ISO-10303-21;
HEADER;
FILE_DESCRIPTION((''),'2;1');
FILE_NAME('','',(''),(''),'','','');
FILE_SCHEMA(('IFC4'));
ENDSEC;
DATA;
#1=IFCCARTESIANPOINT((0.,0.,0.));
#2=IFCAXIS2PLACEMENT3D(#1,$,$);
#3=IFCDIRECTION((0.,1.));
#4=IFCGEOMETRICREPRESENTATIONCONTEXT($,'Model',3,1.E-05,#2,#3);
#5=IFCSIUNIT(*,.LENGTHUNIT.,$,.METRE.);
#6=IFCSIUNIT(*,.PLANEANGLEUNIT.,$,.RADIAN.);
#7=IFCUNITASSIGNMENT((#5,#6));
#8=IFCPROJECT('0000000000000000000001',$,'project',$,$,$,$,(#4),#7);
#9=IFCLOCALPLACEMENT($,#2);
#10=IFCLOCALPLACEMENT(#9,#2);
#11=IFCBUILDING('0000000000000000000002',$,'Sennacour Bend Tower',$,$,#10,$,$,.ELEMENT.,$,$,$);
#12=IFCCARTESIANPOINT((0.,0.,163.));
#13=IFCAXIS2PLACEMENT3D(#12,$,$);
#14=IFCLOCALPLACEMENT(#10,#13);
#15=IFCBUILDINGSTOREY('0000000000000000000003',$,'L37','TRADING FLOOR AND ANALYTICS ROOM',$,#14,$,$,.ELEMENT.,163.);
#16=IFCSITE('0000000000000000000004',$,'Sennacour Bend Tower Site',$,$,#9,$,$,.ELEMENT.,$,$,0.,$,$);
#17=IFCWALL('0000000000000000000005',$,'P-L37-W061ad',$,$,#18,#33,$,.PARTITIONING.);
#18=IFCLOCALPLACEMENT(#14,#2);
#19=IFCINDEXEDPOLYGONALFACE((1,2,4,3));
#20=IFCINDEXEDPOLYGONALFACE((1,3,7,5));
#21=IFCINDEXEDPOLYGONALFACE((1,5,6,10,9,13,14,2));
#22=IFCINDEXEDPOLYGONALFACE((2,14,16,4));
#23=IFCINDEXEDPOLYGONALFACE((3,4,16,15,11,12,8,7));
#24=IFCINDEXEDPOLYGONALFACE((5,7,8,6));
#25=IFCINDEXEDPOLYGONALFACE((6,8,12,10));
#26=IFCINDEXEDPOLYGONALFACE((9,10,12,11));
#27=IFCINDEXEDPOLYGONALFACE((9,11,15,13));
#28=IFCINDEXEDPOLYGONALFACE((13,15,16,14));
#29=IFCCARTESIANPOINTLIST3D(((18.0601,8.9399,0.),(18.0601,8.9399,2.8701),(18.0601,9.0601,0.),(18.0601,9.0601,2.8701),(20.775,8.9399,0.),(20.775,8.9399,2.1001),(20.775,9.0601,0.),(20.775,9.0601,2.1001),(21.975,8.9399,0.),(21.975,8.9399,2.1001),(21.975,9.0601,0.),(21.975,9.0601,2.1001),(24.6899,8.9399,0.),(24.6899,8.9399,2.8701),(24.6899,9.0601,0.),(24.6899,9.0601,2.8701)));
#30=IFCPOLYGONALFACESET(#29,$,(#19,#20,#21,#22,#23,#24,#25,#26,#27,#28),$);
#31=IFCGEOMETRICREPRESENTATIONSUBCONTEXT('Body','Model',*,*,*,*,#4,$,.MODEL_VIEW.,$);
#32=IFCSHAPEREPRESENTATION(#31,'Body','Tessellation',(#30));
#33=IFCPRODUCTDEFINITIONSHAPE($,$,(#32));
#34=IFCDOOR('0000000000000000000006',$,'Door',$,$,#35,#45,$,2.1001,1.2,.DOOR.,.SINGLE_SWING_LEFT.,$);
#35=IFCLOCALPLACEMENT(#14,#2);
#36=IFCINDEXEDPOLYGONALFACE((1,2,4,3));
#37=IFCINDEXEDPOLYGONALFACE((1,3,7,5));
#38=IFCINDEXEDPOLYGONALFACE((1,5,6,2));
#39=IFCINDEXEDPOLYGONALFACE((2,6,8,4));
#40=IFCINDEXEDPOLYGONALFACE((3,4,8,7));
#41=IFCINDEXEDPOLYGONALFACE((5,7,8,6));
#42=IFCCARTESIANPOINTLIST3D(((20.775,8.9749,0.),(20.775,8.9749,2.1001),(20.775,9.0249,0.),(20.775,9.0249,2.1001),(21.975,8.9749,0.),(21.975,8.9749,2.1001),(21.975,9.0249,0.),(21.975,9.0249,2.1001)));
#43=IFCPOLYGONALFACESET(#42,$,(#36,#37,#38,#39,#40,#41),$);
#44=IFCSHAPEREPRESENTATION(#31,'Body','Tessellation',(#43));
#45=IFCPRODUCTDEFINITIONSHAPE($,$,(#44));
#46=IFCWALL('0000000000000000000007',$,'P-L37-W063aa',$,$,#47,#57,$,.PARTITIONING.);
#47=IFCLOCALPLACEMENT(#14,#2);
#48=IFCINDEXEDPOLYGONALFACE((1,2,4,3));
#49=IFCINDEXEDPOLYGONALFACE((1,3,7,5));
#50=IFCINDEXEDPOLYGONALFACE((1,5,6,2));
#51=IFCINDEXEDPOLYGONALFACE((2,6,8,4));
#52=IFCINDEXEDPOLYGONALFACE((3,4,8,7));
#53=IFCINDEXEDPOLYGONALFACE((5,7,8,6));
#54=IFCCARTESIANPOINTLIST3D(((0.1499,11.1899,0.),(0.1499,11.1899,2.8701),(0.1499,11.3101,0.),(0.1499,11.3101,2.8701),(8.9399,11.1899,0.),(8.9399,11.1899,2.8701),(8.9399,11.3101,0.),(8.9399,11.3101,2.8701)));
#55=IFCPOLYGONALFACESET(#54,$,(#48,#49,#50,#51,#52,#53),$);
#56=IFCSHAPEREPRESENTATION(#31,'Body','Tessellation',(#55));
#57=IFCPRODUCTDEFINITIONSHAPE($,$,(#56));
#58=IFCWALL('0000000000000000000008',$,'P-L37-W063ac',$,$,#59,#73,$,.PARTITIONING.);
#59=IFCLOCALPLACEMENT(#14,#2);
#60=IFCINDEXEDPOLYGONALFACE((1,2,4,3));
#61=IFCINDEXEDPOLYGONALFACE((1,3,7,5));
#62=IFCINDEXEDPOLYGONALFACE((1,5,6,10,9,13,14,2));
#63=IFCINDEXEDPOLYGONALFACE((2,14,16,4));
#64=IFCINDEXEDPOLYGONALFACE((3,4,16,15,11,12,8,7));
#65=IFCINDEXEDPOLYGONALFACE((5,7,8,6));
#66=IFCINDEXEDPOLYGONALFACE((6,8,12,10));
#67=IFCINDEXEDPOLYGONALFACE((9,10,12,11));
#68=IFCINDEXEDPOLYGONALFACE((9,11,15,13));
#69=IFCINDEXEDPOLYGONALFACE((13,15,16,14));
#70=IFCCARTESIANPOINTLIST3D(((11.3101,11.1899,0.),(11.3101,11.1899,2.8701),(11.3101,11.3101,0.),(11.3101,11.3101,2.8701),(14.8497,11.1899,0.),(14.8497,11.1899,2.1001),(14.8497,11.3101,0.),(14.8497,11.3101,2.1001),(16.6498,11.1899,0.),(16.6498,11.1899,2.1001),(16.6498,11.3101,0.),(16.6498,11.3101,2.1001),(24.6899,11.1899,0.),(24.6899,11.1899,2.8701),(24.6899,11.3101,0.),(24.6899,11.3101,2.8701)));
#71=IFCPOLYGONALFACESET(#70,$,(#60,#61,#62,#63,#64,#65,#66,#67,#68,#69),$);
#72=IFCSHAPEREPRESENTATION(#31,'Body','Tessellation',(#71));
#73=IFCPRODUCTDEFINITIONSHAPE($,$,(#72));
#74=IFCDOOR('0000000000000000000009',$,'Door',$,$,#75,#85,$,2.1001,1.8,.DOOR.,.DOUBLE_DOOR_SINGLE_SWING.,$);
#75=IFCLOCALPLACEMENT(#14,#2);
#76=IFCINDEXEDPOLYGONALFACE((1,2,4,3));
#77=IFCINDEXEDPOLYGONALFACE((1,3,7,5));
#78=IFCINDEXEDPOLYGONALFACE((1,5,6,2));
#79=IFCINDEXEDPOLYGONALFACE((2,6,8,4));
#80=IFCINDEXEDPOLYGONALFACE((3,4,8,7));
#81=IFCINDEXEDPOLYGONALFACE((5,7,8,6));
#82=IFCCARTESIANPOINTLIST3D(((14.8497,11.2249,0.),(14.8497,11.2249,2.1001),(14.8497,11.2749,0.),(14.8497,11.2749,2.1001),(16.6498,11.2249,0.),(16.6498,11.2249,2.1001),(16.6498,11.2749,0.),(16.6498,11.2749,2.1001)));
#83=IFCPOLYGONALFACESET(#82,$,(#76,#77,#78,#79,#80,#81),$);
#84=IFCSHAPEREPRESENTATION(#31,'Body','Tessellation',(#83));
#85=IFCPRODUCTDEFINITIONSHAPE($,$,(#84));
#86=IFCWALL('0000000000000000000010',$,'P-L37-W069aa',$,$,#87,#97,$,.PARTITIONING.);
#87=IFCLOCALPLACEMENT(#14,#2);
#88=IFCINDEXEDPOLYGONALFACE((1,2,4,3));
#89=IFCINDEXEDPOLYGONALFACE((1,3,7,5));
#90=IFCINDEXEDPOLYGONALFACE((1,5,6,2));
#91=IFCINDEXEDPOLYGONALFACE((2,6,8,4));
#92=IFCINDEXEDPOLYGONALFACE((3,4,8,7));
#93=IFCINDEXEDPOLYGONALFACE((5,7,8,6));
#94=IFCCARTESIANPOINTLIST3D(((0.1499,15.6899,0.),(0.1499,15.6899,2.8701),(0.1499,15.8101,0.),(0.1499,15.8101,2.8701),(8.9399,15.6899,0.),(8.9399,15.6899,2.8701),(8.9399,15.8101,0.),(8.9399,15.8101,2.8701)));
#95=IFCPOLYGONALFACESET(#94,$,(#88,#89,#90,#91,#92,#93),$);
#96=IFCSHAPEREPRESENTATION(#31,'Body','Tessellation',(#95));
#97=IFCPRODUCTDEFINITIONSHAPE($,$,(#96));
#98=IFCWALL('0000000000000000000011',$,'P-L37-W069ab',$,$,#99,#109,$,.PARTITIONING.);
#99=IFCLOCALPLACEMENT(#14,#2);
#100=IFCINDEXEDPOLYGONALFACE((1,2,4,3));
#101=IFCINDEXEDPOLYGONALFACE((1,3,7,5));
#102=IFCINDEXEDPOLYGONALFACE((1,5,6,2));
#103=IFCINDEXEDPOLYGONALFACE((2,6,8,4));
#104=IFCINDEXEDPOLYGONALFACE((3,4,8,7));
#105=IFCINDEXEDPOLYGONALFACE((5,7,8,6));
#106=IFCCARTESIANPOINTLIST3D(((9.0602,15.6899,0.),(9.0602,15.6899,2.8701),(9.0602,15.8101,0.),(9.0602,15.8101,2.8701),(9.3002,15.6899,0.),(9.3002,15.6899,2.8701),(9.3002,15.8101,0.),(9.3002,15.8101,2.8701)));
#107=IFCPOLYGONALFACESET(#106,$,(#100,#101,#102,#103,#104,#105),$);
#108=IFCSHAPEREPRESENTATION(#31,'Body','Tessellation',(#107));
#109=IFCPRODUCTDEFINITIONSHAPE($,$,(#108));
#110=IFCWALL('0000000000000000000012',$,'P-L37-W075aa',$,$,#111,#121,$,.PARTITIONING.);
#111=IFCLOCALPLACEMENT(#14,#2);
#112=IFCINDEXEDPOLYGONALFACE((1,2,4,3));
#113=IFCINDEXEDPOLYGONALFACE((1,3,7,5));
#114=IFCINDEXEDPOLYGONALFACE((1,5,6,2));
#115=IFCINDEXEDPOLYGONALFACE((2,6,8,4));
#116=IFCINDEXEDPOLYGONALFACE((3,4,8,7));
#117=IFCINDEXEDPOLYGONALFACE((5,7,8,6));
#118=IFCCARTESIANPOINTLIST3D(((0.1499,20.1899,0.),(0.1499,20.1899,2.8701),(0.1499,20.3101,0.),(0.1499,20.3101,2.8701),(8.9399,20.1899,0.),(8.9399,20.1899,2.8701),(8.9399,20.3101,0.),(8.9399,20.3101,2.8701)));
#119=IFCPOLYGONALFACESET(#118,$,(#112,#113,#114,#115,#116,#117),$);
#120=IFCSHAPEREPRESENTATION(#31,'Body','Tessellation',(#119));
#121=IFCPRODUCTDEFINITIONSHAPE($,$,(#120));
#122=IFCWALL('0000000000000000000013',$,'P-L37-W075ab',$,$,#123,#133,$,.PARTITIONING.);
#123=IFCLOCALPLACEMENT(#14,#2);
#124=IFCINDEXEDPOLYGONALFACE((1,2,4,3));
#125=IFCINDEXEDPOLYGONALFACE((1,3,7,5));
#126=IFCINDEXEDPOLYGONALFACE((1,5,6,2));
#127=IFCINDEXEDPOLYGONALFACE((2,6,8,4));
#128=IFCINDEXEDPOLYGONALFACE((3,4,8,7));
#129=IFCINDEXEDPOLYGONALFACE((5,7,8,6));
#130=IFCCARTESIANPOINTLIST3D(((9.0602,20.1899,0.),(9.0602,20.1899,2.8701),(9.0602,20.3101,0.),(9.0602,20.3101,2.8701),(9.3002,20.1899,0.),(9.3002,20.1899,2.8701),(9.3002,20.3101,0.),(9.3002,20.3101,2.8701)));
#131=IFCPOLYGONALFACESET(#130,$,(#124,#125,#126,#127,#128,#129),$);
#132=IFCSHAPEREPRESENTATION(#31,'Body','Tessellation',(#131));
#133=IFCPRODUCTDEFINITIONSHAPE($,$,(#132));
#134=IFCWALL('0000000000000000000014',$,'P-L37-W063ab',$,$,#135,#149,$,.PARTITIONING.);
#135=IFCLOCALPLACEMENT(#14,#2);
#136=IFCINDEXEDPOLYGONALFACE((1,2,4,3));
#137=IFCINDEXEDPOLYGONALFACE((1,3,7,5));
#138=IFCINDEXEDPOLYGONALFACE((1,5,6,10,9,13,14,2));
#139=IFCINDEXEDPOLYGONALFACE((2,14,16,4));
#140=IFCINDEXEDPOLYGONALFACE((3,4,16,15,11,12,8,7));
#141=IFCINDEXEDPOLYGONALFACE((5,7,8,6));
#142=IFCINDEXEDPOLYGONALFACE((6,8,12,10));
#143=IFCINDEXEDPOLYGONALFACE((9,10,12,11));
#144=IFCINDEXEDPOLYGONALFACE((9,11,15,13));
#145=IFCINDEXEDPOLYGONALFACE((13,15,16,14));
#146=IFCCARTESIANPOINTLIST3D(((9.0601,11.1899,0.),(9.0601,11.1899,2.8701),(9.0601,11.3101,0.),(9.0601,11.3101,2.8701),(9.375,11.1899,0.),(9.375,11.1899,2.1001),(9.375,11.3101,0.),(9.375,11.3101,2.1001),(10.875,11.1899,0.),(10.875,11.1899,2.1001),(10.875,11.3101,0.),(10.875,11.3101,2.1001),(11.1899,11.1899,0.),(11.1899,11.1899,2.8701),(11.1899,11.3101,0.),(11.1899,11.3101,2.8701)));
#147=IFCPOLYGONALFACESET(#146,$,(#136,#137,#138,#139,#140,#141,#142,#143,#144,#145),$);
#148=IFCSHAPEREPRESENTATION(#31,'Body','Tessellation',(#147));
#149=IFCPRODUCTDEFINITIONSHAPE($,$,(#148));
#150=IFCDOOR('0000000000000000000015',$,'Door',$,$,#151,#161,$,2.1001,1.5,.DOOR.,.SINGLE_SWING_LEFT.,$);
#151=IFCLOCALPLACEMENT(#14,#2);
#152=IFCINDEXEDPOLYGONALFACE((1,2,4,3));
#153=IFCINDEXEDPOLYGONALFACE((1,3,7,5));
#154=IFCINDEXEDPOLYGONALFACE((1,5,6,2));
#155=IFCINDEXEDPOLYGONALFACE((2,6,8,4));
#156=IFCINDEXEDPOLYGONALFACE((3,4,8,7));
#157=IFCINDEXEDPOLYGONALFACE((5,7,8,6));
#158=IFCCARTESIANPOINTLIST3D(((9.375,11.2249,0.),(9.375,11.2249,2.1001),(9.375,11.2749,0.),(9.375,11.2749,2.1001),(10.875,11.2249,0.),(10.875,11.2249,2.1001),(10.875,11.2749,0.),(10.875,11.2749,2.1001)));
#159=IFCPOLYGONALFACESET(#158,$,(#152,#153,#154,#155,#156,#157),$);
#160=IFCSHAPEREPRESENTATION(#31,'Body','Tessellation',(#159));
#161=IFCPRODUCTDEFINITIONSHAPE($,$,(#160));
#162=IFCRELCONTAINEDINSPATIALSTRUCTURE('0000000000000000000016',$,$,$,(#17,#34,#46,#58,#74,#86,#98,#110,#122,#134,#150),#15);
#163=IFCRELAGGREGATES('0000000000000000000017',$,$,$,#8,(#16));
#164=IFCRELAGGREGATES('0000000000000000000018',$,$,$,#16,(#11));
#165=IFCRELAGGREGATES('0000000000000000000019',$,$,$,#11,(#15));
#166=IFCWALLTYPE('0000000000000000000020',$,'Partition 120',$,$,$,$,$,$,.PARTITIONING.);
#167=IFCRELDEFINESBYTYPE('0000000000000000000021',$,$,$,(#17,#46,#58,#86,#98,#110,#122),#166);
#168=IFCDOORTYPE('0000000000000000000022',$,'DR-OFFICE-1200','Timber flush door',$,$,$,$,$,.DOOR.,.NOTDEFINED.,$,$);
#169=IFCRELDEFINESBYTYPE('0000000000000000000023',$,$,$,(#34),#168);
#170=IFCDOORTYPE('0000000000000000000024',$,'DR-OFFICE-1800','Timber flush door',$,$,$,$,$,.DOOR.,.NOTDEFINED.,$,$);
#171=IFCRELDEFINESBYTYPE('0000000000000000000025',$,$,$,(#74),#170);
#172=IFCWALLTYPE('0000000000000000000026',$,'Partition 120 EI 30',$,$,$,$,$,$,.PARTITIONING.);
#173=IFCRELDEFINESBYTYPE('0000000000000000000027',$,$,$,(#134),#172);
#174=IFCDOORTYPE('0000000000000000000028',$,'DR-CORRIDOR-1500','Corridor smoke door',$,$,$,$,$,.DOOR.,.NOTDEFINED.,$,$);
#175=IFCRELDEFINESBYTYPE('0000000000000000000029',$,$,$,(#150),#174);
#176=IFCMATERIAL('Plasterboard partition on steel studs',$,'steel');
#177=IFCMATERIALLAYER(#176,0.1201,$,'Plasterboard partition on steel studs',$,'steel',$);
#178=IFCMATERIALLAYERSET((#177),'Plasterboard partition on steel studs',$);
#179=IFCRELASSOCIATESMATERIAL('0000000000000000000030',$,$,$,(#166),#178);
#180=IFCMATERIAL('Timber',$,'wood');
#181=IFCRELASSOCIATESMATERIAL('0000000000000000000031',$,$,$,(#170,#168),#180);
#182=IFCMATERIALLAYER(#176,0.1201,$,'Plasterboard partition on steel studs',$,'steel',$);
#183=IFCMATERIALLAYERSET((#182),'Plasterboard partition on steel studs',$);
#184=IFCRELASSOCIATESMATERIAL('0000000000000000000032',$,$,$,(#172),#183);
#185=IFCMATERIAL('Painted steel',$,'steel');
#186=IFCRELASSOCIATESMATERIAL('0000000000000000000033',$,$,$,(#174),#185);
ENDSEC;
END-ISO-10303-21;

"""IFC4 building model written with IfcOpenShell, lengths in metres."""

from ifc_helpers import new_model, si_unit, direction, frame, frame_2d, origin, place, context, subcontext, project, spatial, rectangle, extrude, material, layer, layer_set, type_object, element, fill, save


model = new_model("IFC4")

# Units and contexts
model_context = context("Model", 3, precision=1e-05, world=origin(), true_north=direction((0.0, 1.0)))
body_context = subcontext(model_context, "Body", "Model", "MODEL_VIEW")
ifc_project = project(units=[si_unit("LENGTHUNIT", "METRE"), si_unit("PLANEANGLEUNIT", "RADIAN")], contexts=[model_context])

# Site, building, storey
site_placement = place(None, origin())
site = spatial("IfcSite", under=ifc_project, at=site_placement, Name="Sennacour Bend Tower Site", CompositionType="ELEMENT", RefElevation=0.0)
building_placement = place(site_placement, origin())
building = spatial("IfcBuilding", under=site, at=building_placement, Name="Sennacour Bend Tower", CompositionType="ELEMENT")
storey_placement = place(building_placement, frame((0.0, 0.0, 163.0)))
storey = spatial("IfcBuildingStorey", under=building, at=storey_placement, Name="L37", Description="TRADING FLOOR AND ANALYTICS ROOM", CompositionType="ELEMENT", Elevation=163.0)

# Shared definitions
ifc_material_1 = material(Name="Plasterboard partition on steel studs", Category="steel")
ifc_layer_1 = layer(ifc_material_1, 0.1201, Name="Plasterboard partition on steel studs", Category="steel")
ifc_layer_set_1 = layer_set([ifc_layer_1], Name="Plasterboard partition on steel studs")
wall_type_1 = type_object("IfcWallType", Name="Partition 120", PredefinedType="PARTITIONING", material=ifc_layer_set_1)
ifc_material_2 = material(Name="Timber", Category="wood")
door_type_1 = type_object("IfcDoorType", Name="DR-OFFICE-1800", Description="Timber flush door", OperationType="NOTDEFINED", PredefinedType="DOOR", material=ifc_material_2)
door_type_2 = type_object("IfcDoorType", Name="DR-OFFICE-1200", Description="Timber flush door", OperationType="NOTDEFINED", PredefinedType="DOOR", material=ifc_material_2)

# Wall, opening, door
wall_1_placement = place(storey_placement, frame((18.0601, 9.0, 0.0), z_axis=(0.0, 0.0, 1.0), x_axis=(1.0, 0.0, 0.0)))
wall_1 = element("IfcWall", 1, at=wall_1_placement, inside=storey, type_object=wall_type_1, Name="P-L37-W061ad", PredefinedType="PARTITIONING", context=body_context, shape_type="SweptSolid", body=[
    extrude(rectangle(XDim=6.6299, YDim=0.1201, at=frame_2d((3.3149, 0.0))), origin(), (0.0, 0.0, 1.0), 2.8701),
])
opening_1_placement = place(wall_1_placement, frame((2.7148, 0.0, 0.0)))
opening_1 = element("IfcOpeningElement", 2, at=opening_1_placement, cuts=wall_1, PredefinedType="OPENING", context=body_context, shape_type="SweptSolid", body=[
    extrude(rectangle(XDim=1.2, YDim=2.1001, at=frame_2d((0.6001, 1.05))), frame((0.0, 0.0701, 0.0), z_axis=(0.0, -1.0, 0.0), x_axis=(1.0, 0.0, 0.0)), (0.0, 0.0, 1.0), 0.1401),
])
door_1_placement = place(opening_1_placement, origin())
door_1 = element("IfcDoor", 3, at=door_1_placement, inside=storey, type_object=door_type_2, Name="Door", OperationType="SINGLE_SWING_LEFT", OverallHeight=2.1001, OverallWidth=1.2, PredefinedType="DOOR", context=body_context, shape_type="SweptSolid", body=[
    extrude(rectangle(XDim=1.2, YDim=2.1001, at=frame_2d((0.6001, 1.05))), frame((0.0, 0.0249, 0.0), z_axis=(0.0, -1.0, 0.0), x_axis=(1.0, 0.0, 0.0)), (0.0, 0.0, 1.0), 0.05),
])
fill(opening_1, door_1)

# Wall
wall_2_placement = place(storey_placement, frame((0.1499, 11.25, 0.0), z_axis=(0.0, 0.0, 1.0), x_axis=(1.0, 0.0, 0.0)))
element("IfcWall", 4, at=wall_2_placement, inside=storey, type_object=wall_type_1, Name="P-L37-W063aa", PredefinedType="PARTITIONING", context=body_context, shape_type="SweptSolid", body=[
    extrude(rectangle(XDim=8.79, YDim=0.1201, at=frame_2d((4.395, 0.0))), origin(), (0.0, 0.0, 1.0), 2.8701),
])

# Wall, opening, door
wall_3_placement = place(storey_placement, frame((11.3101, 11.25, 0.0), z_axis=(0.0, 0.0, 1.0), x_axis=(1.0, 0.0, 0.0)))
wall_3 = element("IfcWall", 5, at=wall_3_placement, inside=storey, type_object=wall_type_1, Name="P-L37-W063ac", PredefinedType="PARTITIONING", context=body_context, shape_type="SweptSolid", body=[
    extrude(rectangle(XDim=13.3799, YDim=0.1201, at=frame_2d((6.6899, 0.0))), origin(), (0.0, 0.0, 1.0), 2.8701),
])
opening_2_placement = place(wall_3_placement, frame((3.5398, 0.0, 0.0)))
opening_2 = element("IfcOpeningElement", 6, at=opening_2_placement, cuts=wall_3, PredefinedType="OPENING", context=body_context, shape_type="SweptSolid", body=[
    extrude(rectangle(XDim=1.8, YDim=2.1001, at=frame_2d((0.8999, 1.05))), frame((0.0, 0.0701, 0.0), z_axis=(0.0, -1.0, 0.0), x_axis=(1.0, 0.0, 0.0)), (0.0, 0.0, 1.0), 0.1401),
])
door_2_placement = place(opening_2_placement, origin())
door_2 = element("IfcDoor", 7, at=door_2_placement, inside=storey, type_object=door_type_1, Name="Door", OperationType="DOUBLE_DOOR_SINGLE_SWING", OverallHeight=2.1001, OverallWidth=1.8, PredefinedType="DOOR", context=body_context, shape_type="SweptSolid", body=[
    extrude(rectangle(XDim=1.8, YDim=2.1001, at=frame_2d((0.8999, 1.05))), frame((0.0, 0.0249, 0.0), z_axis=(0.0, -1.0, 0.0), x_axis=(1.0, 0.0, 0.0)), (0.0, 0.0, 1.0), 0.05),
])
fill(opening_2, door_2)

# Walls
wall_4_placement = place(storey_placement, frame((0.1499, 15.75, 0.0), z_axis=(0.0, 0.0, 1.0), x_axis=(1.0, 0.0, 0.0)))
element("IfcWall", 8, at=wall_4_placement, inside=storey, type_object=wall_type_1, Name="P-L37-W069aa", PredefinedType="PARTITIONING", context=body_context, shape_type="SweptSolid", body=[
    extrude(rectangle(XDim=8.79, YDim=0.1201, at=frame_2d((4.395, 0.0))), origin(), (0.0, 0.0, 1.0), 2.8701),
])
wall_5_placement = place(storey_placement, frame((9.0601, 15.75, 0.0), z_axis=(0.0, 0.0, 1.0), x_axis=(1.0, 0.0, 0.0)))
element("IfcWall", 9, at=wall_5_placement, inside=storey, type_object=wall_type_1, Name="P-L37-W069ab", PredefinedType="PARTITIONING", context=body_context, shape_type="SweptSolid", body=[
    extrude(rectangle(XDim=0.24, YDim=0.1201, at=frame_2d((0.1201, 0.0))), origin(), (0.0, 0.0, 1.0), 2.8701),
])
wall_6_placement = place(storey_placement, frame((0.1499, 20.25, 0.0), z_axis=(0.0, 0.0, 1.0), x_axis=(1.0, 0.0, 0.0)))
element("IfcWall", 10, at=wall_6_placement, inside=storey, type_object=wall_type_1, Name="P-L37-W075aa", PredefinedType="PARTITIONING", context=body_context, shape_type="SweptSolid", body=[
    extrude(rectangle(XDim=8.79, YDim=0.1201, at=frame_2d((4.395, 0.0))), origin(), (0.0, 0.0, 1.0), 2.8701),
])
wall_7_placement = place(storey_placement, frame((9.0601, 20.25, 0.0), z_axis=(0.0, 0.0, 1.0), x_axis=(1.0, 0.0, 0.0)))
element("IfcWall", 11, at=wall_7_placement, inside=storey, type_object=wall_type_1, Name="P-L37-W075ab", PredefinedType="PARTITIONING", context=body_context, shape_type="SweptSolid", body=[
    extrude(rectangle(XDim=0.24, YDim=0.1201, at=frame_2d((0.1201, 0.0))), origin(), (0.0, 0.0, 1.0), 2.8701),
])

# Wall, opening, door
ifc_layer_2 = layer(ifc_material_1, 0.1201, Name="Plasterboard partition on steel studs", Category="steel")
ifc_layer_set_2 = layer_set([ifc_layer_2], Name="Plasterboard partition on steel studs")
wall_type_2 = type_object("IfcWallType", Name="Partition 120 EI 30", PredefinedType="PARTITIONING", material=ifc_layer_set_2)
wall_8_placement = place(storey_placement, frame((9.0601, 11.25, 0.0), z_axis=(0.0, 0.0, 1.0), x_axis=(1.0, 0.0, 0.0)))
wall_8 = element("IfcWall", 12, at=wall_8_placement, inside=storey, type_object=wall_type_2, Name="P-L37-W063ab", PredefinedType="PARTITIONING", context=body_context, shape_type="SweptSolid", body=[
    extrude(rectangle(XDim=2.1299, YDim=0.1201, at=frame_2d((1.0649, 0.0))), origin(), (0.0, 0.0, 1.0), 2.8701),
])
opening_3_placement = place(wall_8_placement, frame((0.3149, 0.0, 0.0)))
opening_3 = element("IfcOpeningElement", 13, at=opening_3_placement, cuts=wall_8, PredefinedType="OPENING", context=body_context, shape_type="SweptSolid", body=[
    extrude(rectangle(XDim=1.5, YDim=2.1001, at=frame_2d((0.75, 1.05))), frame((0.0, 0.0701, 0.0), z_axis=(0.0, -1.0, 0.0), x_axis=(1.0, 0.0, 0.0)), (0.0, 0.0, 1.0), 0.1401),
])
ifc_material_3 = material(Name="Painted steel", Category="steel")
door_type_3 = type_object("IfcDoorType", Name="DR-CORRIDOR-1500", Description="Corridor smoke door", OperationType="NOTDEFINED", PredefinedType="DOOR", material=ifc_material_3)
door_3_placement = place(opening_3_placement, origin())
door_3 = element("IfcDoor", 14, at=door_3_placement, inside=storey, type_object=door_type_3, Name="Door", OperationType="SINGLE_SWING_LEFT", OverallHeight=2.1001, OverallWidth=1.5, PredefinedType="DOOR", context=body_context, shape_type="SweptSolid", body=[
    extrude(rectangle(XDim=1.5, YDim=2.1001, at=frame_2d((0.75, 1.05))), frame((0.0, 0.0249, 0.0), z_axis=(0.0, -1.0, 0.0), x_axis=(1.0, 0.0, 0.0)), (0.0, 0.0, 1.0), 0.05),
])
fill(opening_3, door_3)

save(model, "model.ifc")
